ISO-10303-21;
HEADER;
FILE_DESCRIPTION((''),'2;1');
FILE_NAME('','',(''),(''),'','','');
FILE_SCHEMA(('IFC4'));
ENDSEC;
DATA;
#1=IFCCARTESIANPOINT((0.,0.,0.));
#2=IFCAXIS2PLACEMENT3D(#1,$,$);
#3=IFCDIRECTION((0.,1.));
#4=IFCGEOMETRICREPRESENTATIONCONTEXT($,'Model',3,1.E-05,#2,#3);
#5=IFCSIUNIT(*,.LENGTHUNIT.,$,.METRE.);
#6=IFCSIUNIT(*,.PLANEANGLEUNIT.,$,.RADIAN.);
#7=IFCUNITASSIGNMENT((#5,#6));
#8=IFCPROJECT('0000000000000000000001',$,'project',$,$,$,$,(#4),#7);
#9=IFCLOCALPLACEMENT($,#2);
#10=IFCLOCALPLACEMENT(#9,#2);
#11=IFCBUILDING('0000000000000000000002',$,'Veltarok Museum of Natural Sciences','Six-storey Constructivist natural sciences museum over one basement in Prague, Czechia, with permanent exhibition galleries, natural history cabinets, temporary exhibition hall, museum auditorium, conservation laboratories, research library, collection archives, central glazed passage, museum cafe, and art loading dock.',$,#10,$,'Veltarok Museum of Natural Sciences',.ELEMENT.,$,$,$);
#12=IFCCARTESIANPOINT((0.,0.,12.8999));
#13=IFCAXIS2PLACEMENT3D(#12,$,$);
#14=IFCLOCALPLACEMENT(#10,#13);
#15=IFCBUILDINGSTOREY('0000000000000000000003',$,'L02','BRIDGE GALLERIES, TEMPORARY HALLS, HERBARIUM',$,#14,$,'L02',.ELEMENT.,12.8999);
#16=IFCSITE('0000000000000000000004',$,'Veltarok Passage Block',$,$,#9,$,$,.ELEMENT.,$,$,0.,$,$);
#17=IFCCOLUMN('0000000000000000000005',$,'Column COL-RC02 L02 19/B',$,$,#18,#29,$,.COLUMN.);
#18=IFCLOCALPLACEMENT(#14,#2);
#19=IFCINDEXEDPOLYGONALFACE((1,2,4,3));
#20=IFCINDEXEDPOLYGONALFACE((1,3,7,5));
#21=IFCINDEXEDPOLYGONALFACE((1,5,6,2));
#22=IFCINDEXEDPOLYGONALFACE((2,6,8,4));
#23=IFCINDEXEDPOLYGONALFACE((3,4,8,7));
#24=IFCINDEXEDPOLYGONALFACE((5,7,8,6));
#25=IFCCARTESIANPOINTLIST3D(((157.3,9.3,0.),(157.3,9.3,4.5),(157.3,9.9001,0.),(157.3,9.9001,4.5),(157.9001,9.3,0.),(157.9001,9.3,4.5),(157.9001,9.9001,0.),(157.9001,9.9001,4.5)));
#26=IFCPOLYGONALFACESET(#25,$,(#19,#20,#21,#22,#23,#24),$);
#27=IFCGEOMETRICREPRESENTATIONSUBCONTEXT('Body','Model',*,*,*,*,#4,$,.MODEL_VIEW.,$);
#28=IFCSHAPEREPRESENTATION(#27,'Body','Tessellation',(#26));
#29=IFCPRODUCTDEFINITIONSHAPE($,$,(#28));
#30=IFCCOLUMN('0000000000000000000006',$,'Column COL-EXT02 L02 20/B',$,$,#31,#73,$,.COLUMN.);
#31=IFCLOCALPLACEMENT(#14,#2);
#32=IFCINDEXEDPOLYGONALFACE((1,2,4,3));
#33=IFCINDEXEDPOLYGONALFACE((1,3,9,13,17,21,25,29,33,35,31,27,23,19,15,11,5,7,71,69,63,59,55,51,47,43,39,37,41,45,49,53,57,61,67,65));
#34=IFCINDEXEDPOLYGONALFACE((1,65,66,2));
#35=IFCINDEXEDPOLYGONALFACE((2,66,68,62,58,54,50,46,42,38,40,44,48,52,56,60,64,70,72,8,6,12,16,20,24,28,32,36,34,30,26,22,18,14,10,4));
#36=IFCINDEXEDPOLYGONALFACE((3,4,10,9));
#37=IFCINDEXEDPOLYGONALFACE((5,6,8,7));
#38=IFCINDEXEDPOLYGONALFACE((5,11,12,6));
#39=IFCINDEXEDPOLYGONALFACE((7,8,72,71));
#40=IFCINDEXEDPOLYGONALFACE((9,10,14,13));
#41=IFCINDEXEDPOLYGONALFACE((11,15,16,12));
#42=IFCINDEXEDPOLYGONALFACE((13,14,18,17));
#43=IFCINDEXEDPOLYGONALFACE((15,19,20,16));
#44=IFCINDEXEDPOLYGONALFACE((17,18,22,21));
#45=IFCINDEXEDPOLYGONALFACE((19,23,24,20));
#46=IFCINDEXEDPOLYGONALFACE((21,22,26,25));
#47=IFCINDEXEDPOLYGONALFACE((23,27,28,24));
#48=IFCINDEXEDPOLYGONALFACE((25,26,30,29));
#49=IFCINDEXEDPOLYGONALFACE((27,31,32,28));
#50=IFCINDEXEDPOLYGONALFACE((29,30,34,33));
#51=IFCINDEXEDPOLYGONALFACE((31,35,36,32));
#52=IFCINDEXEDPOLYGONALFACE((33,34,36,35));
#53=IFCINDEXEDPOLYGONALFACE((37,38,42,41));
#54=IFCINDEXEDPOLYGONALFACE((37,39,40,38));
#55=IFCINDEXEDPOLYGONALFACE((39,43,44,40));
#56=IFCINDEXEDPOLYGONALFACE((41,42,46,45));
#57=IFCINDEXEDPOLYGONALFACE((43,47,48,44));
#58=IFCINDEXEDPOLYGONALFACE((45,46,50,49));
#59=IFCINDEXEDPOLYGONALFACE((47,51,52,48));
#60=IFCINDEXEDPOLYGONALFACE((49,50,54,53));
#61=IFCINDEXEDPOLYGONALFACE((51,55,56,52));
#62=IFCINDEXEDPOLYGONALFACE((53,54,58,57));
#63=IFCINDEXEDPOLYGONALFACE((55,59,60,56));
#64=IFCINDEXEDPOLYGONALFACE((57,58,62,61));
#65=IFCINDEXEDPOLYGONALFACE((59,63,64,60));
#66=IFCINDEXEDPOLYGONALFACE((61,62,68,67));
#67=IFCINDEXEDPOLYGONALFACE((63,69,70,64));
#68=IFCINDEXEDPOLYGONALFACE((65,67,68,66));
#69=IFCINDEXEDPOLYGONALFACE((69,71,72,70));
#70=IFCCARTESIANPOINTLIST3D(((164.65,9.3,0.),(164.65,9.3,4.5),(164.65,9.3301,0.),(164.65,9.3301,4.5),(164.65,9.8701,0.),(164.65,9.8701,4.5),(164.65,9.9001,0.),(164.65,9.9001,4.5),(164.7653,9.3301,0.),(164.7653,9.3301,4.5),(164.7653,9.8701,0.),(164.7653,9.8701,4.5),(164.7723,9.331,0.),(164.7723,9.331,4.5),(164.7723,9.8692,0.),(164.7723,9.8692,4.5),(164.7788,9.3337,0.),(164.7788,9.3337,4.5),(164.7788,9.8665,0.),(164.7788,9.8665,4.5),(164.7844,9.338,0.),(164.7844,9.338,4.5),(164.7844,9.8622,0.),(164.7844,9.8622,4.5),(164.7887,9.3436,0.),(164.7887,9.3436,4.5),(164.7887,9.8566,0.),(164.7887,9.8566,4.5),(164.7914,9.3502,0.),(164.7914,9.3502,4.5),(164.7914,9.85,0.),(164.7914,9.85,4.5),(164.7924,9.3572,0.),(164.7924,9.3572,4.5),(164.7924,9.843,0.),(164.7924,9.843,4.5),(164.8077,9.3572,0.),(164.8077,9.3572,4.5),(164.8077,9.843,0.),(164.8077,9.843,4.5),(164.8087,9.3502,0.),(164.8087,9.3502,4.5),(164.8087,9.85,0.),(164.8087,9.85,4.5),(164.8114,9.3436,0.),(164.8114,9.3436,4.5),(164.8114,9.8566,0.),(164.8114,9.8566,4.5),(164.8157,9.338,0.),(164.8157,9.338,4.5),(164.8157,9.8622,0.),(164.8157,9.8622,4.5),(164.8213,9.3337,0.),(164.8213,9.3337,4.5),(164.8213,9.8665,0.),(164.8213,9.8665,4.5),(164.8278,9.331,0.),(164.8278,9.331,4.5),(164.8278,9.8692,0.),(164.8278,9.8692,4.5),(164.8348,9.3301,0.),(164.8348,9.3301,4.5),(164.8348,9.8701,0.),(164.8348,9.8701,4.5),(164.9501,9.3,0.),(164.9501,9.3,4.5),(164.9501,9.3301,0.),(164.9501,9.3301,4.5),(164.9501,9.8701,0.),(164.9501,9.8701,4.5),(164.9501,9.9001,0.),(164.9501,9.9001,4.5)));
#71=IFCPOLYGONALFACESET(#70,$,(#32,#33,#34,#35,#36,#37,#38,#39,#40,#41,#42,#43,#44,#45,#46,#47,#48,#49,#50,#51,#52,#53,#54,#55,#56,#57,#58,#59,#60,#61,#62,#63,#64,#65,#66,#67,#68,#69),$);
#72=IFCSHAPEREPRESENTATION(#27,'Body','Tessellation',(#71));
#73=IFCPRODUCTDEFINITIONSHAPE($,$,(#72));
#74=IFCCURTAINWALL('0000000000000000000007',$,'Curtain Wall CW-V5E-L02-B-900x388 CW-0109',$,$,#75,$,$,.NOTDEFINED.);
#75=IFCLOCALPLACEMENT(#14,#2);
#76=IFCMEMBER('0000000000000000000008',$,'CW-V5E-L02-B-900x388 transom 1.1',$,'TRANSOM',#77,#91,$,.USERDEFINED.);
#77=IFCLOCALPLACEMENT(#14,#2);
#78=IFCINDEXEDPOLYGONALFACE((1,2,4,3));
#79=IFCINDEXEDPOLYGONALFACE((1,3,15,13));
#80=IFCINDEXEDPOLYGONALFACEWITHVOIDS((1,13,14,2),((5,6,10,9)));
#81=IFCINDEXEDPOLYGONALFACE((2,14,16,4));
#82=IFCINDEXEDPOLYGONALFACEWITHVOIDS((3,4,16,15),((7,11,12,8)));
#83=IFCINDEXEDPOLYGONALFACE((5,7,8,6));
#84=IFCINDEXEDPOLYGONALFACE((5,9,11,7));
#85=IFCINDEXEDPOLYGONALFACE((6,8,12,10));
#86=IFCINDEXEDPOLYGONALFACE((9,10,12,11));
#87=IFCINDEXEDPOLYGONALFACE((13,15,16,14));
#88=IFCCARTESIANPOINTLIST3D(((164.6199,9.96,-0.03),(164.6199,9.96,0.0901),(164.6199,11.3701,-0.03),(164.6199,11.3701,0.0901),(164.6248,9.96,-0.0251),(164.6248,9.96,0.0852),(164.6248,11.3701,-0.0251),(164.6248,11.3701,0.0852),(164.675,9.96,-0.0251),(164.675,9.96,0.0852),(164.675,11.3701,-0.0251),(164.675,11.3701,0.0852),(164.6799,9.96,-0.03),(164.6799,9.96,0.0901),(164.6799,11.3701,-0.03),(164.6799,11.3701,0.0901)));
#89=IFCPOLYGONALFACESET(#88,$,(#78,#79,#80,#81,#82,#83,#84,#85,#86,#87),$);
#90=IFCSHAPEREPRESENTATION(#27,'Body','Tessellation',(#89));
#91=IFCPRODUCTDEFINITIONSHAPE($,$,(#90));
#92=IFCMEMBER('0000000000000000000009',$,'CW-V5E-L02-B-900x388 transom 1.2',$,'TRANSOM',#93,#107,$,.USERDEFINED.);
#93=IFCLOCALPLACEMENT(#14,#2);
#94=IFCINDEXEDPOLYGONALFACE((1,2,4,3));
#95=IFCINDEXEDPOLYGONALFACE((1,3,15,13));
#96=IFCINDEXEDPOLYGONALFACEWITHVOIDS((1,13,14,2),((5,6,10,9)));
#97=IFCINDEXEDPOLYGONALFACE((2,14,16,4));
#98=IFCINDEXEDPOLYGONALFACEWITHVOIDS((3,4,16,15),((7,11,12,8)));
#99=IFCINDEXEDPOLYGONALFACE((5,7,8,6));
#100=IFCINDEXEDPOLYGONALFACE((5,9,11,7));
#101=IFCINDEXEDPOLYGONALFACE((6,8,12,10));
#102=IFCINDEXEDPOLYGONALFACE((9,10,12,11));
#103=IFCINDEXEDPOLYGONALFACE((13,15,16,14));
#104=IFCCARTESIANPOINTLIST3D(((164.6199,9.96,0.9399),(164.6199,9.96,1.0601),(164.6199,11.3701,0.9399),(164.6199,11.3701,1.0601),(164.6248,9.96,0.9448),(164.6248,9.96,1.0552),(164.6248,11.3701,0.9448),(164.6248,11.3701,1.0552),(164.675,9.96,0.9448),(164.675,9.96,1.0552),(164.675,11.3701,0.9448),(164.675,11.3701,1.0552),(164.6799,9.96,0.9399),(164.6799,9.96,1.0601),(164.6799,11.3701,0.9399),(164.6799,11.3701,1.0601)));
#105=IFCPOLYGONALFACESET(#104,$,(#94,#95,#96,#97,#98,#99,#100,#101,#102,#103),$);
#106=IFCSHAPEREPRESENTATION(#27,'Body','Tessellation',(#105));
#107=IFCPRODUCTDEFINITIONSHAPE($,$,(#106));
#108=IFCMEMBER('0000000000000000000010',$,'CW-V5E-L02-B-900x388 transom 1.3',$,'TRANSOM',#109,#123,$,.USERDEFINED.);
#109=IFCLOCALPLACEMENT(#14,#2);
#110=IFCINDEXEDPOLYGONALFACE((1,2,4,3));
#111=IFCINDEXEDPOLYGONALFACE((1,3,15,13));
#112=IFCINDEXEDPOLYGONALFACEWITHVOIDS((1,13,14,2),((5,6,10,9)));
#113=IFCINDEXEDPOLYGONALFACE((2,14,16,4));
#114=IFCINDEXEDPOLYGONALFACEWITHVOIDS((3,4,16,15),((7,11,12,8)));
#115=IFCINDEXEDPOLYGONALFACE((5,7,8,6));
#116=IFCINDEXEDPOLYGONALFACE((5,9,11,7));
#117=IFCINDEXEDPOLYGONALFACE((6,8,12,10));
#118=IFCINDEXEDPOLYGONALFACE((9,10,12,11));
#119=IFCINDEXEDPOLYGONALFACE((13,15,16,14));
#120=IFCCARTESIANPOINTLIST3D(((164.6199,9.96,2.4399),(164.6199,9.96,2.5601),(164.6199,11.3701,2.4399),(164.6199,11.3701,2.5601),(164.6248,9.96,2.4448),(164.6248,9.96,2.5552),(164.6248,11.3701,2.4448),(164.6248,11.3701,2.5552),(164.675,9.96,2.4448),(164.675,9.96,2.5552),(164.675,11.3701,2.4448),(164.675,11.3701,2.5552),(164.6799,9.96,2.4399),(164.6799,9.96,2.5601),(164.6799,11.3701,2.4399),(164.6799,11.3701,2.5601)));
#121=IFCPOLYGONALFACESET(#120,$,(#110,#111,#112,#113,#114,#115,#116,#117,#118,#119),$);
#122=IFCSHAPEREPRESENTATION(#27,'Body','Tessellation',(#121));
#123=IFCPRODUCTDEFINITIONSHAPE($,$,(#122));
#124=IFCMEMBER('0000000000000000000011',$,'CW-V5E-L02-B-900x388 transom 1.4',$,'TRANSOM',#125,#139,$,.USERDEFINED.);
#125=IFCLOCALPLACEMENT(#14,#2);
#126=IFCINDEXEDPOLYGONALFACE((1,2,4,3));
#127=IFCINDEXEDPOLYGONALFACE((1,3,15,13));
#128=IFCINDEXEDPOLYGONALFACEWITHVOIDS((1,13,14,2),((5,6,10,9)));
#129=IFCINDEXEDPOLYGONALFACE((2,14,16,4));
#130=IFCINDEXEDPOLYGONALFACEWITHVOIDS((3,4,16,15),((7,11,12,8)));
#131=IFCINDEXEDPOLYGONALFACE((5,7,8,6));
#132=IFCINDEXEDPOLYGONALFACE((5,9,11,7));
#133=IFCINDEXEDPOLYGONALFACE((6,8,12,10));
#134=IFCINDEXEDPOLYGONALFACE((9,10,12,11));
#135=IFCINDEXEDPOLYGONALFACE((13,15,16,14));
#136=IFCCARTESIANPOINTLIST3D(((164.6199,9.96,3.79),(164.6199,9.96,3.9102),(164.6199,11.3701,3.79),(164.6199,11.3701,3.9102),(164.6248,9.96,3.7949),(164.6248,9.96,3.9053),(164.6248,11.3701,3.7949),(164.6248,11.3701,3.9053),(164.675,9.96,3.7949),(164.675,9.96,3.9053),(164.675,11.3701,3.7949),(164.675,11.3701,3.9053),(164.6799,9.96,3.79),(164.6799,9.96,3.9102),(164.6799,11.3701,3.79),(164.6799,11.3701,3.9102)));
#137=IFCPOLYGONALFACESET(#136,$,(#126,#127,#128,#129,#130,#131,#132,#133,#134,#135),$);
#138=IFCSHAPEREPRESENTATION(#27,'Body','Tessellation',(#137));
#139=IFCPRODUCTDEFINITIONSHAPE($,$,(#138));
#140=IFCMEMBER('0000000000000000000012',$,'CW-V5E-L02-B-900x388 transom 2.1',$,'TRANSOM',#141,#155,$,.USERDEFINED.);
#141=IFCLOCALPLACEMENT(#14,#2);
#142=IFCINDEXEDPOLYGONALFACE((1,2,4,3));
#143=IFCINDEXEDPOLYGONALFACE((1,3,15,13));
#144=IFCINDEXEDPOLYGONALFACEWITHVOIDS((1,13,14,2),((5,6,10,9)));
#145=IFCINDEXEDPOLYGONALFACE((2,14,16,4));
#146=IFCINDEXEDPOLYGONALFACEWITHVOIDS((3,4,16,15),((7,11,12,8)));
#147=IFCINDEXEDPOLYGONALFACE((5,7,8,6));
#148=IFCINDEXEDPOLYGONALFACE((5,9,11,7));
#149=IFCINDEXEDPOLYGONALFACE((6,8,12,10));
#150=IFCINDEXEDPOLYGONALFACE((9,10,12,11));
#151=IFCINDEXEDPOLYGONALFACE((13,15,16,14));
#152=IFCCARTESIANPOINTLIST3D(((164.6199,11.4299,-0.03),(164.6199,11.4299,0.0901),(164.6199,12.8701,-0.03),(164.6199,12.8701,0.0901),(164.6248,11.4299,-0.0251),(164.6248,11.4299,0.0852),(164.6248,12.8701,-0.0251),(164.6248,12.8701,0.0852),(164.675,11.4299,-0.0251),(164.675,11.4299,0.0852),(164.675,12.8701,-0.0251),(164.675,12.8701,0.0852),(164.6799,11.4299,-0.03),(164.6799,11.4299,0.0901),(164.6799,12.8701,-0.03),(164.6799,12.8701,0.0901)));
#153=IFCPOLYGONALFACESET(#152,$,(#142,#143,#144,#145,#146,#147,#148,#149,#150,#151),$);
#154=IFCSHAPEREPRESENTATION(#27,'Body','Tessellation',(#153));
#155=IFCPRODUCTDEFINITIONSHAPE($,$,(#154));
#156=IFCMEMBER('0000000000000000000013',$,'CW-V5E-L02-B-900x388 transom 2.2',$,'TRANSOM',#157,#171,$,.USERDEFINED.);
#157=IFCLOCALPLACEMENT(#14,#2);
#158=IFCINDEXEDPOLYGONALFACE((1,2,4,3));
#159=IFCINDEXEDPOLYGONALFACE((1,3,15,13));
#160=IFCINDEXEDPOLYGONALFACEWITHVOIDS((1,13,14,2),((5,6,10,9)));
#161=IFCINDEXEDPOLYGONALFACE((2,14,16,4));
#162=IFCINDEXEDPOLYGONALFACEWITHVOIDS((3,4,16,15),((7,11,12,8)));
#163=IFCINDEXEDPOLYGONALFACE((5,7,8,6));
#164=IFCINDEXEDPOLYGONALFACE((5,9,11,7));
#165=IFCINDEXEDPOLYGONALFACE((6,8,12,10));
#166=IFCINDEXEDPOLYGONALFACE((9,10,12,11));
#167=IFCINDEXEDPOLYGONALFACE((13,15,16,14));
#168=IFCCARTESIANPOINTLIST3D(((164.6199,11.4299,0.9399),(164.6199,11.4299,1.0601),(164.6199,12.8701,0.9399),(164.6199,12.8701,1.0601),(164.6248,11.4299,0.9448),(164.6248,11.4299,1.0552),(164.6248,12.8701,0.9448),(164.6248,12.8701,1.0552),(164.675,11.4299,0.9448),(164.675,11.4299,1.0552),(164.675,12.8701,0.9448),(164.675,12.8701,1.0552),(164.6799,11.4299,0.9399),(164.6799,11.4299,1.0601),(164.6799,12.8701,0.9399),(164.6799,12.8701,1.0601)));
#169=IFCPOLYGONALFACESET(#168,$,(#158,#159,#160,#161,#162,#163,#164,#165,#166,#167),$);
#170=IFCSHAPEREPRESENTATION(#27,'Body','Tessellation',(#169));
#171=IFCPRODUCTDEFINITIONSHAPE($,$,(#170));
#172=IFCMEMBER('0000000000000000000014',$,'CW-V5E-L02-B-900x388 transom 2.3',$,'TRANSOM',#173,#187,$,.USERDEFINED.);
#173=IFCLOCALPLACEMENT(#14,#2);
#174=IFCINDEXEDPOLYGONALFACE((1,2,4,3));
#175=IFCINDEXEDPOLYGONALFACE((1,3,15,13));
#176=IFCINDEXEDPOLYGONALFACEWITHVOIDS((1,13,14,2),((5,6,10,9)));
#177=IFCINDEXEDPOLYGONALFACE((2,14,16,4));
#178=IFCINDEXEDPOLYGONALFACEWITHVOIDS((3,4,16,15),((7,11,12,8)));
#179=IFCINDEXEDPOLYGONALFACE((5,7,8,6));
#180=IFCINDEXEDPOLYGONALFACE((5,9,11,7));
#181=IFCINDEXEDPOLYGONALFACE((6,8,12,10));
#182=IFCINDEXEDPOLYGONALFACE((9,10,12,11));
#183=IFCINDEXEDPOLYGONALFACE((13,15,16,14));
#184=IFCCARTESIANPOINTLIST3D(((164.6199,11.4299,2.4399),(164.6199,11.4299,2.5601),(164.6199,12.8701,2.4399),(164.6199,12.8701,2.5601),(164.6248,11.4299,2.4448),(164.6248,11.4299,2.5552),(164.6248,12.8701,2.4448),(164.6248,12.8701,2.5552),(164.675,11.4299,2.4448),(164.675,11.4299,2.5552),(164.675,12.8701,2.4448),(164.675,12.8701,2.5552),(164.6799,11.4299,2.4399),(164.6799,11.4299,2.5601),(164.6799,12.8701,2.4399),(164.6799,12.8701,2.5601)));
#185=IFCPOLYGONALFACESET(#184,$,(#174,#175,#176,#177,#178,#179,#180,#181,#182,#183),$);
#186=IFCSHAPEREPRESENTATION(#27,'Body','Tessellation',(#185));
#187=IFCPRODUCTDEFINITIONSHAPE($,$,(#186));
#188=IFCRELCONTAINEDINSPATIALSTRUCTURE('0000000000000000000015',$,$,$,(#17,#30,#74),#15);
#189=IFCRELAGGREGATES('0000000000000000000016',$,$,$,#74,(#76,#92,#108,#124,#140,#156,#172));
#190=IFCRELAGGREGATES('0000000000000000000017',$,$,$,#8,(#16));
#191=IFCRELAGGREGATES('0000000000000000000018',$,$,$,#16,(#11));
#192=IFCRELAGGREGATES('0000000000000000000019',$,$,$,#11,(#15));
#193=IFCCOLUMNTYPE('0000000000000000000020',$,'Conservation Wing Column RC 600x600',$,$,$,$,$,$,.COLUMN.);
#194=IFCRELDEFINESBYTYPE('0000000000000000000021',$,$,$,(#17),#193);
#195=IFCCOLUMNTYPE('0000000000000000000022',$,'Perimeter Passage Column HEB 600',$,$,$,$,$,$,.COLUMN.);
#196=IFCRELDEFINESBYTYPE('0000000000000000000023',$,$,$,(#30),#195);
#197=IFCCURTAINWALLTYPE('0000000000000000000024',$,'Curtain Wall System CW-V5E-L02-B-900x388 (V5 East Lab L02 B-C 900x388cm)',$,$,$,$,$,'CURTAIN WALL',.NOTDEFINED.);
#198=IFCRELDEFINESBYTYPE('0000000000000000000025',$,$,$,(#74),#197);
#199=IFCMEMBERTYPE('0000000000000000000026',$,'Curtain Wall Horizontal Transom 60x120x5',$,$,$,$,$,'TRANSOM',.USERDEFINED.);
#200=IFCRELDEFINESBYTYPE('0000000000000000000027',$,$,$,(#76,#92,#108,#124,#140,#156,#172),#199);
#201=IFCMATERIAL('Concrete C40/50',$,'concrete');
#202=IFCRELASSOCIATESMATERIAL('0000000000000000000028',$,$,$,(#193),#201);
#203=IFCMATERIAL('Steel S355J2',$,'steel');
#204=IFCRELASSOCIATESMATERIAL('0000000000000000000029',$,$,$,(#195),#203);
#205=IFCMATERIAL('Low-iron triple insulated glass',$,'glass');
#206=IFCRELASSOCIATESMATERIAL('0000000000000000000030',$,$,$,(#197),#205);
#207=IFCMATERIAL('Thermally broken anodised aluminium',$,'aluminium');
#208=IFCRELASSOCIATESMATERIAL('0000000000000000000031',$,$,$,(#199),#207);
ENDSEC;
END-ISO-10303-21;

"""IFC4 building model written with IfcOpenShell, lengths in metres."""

from ifc_helpers import new_model, si_unit, direction, frame, origin, origin_2d, place, context, subcontext, project, spatial, rectangle, hollow_rectangle, i_section, extrude, material, material_profile, profile_set, type_object, element, aggregate, save


model = new_model("IFC4")

# Units and contexts
model_context = context("Model", 3, precision=1e-05, world=origin(), true_north=direction((0.0, 1.0)))
body_context = subcontext(model_context, "Body", "Model", "MODEL_VIEW")
ifc_project = project(units=[si_unit("LENGTHUNIT", "METRE"), si_unit("PLANEANGLEUNIT", "RADIAN")], contexts=[model_context])

# Site, building, storey
site_placement = place(None, origin())
site = spatial("IfcSite", under=ifc_project, at=site_placement, Name="Veltarok Passage Block", CompositionType="ELEMENT", RefElevation=0.0)
building_placement = place(site_placement, origin())
building = spatial("IfcBuilding", under=site, at=building_placement, Name="Veltarok Museum of Natural Sciences", Description="Six-storey Constructivist natural sciences museum over one basement in Prague, Czechia, with permanent exhibition galleries, natural history cabinets, temporary exhibition hall, museum auditorium, conservation laboratories, research library, collection archives, central glazed passage, museum cafe, and art loading dock.", LongName="Veltarok Museum of Natural Sciences", CompositionType="ELEMENT")
storey_placement = place(building_placement, frame((0.0, 0.0, 12.8999)))
storey = spatial("IfcBuildingStorey", under=building, at=storey_placement, Name="L02", Description="BRIDGE GALLERIES, TEMPORARY HALLS, HERBARIUM", LongName="L02", CompositionType="ELEMENT", Elevation=12.8999)

# Columns
ifc_material_1 = material(Name="Concrete C40/50", Category="concrete")
ifc_material_profile_1 = material_profile(ifc_material_1, rectangle(XDim=0.6001, YDim=0.6001, at=origin_2d()), Name="RC 600x600")
ifc_profile_set_1 = profile_set([ifc_material_profile_1], Name="Concrete C40/50")
column_type_1 = type_object("IfcColumnType", Name="Conservation Wing Column RC 600x600", PredefinedType="COLUMN", material=ifc_profile_set_1)
column_1_placement = place(storey_placement, frame((157.6001, 9.6001, 0.0), z_axis=(0.0, 0.0, 1.0), x_axis=(1.0, 0.0, 0.0)))
element("IfcColumn", 1, at=column_1_placement, inside=storey, type_object=column_type_1, Name="Column COL-RC02 L02 19/B", PredefinedType="COLUMN", context=body_context, shape_type="SweptSolid", body=[
    extrude(rectangle(XDim=0.6001, YDim=0.6001, at=origin_2d()), origin(), (0.0, 0.0, 1.0), 4.5),
])
ifc_material_2 = material(Name="Steel S355J2", Category="steel")
ifc_material_profile_2 = material_profile(ifc_material_2, i_section(OverallWidth=0.3, OverallDepth=0.6001, WebThickness=0.0154, FlangeThickness=0.03, FilletRadius=0.0271, at=origin_2d()), Name="HEB 600")
ifc_profile_set_2 = profile_set([ifc_material_profile_2], Name="Steel S355J2")
column_type_2 = type_object("IfcColumnType", Name="Perimeter Passage Column HEB 600", PredefinedType="COLUMN", material=ifc_profile_set_2)
column_2_placement = place(storey_placement, frame((164.8, 9.6001, 0.0), z_axis=(0.0, 0.0, 1.0), x_axis=(1.0, 0.0, 0.0)))
element("IfcColumn", 2, at=column_2_placement, inside=storey, type_object=column_type_2, Name="Column COL-EXT02 L02 20/B", PredefinedType="COLUMN", context=body_context, shape_type="SweptSolid", body=[
    extrude(i_section(OverallWidth=0.3, OverallDepth=0.6001, WebThickness=0.0154, FlangeThickness=0.03, FilletRadius=0.0271, at=origin_2d()), origin(), (0.0, 0.0, 1.0), 4.5),
])

# Curtain wall, members
ifc_material_3 = material(Name="Low-iron triple insulated glass", Category="glass")
curtain_wall_type = type_object("IfcCurtainWallType", Name="Curtain Wall System CW-V5E-L02-B-900x388 (V5 East Lab L02 B-C 900x388cm)", ElementType="CURTAIN WALL", PredefinedType="NOTDEFINED", material=ifc_material_3)
curtain_wall_placement = place(storey_placement, origin())
curtain_wall = element("IfcCurtainWall", 3, at=curtain_wall_placement, inside=storey, type_object=curtain_wall_type, Name="Curtain Wall CW-V5E-L02-B-900x388 CW-0109", PredefinedType="NOTDEFINED")
ifc_material_4 = material(Name="Thermally broken anodised aluminium", Category="aluminium")
ifc_material_profile_3 = material_profile(ifc_material_4, hollow_rectangle(XDim=0.0601, YDim=0.1201, WallThickness=0.0049, at=origin_2d()), Name="CW TRANSOM 60x120x5")
ifc_profile_set_3 = profile_set([ifc_material_profile_3], Name="Thermally broken anodised aluminium")
member_type_1 = type_object("IfcMemberType", Name="Curtain Wall Horizontal Transom 60x120x5", ElementType="TRANSOM", PredefinedType="USERDEFINED", material=ifc_profile_set_3)
member_1_placement = place(storey_placement, frame((164.6499, 9.96, 0.03), z_axis=(0.0, 1.0, 0.0), x_axis=(-1.0, 0.0, 0.0)))
member_1 = element("IfcMember", 4, at=member_1_placement, type_object=member_type_1, Name="CW-V5E-L02-B-900x388 transom 1.1", ObjectType="TRANSOM", PredefinedType="USERDEFINED", context=body_context, shape_type="SweptSolid", body=[
    extrude(hollow_rectangle(XDim=0.0601, YDim=0.1201, WallThickness=0.0049, at=origin_2d()), origin(), (0.0, 0.0, 1.0), 1.4102),
])
member_2_placement = place(storey_placement, frame((164.6499, 9.96, 1.0), z_axis=(0.0, 1.0, 0.0), x_axis=(-1.0, 0.0, 0.0)))
member_2 = element("IfcMember", 5, at=member_2_placement, type_object=member_type_1, Name="CW-V5E-L02-B-900x388 transom 1.2", ObjectType="TRANSOM", PredefinedType="USERDEFINED", context=body_context, shape_type="SweptSolid", body=[
    extrude(hollow_rectangle(XDim=0.0601, YDim=0.1201, WallThickness=0.0049, at=origin_2d()), origin(), (0.0, 0.0, 1.0), 1.4102),
])
member_3_placement = place(storey_placement, frame((164.6499, 9.96, 2.5), z_axis=(0.0, 1.0, 0.0), x_axis=(-1.0, 0.0, 0.0)))
member_3 = element("IfcMember", 6, at=member_3_placement, type_object=member_type_1, Name="CW-V5E-L02-B-900x388 transom 1.3", ObjectType="TRANSOM", PredefinedType="USERDEFINED", context=body_context, shape_type="SweptSolid", body=[
    extrude(hollow_rectangle(XDim=0.0601, YDim=0.1201, WallThickness=0.0049, at=origin_2d()), origin(), (0.0, 0.0, 1.0), 1.4102),
])
member_4_placement = place(storey_placement, frame((164.6499, 9.96, 3.8501), z_axis=(0.0, 1.0, 0.0), x_axis=(-1.0, 0.0, 0.0)))
member_4 = element("IfcMember", 7, at=member_4_placement, type_object=member_type_1, Name="CW-V5E-L02-B-900x388 transom 1.4", ObjectType="TRANSOM", PredefinedType="USERDEFINED", context=body_context, shape_type="SweptSolid", body=[
    extrude(hollow_rectangle(XDim=0.0601, YDim=0.1201, WallThickness=0.0049, at=origin_2d()), origin(), (0.0, 0.0, 1.0), 1.4102),
])
member_5_placement = place(storey_placement, frame((164.6499, 11.4299, 0.03), z_axis=(0.0, 1.0, 0.0), x_axis=(-1.0, 0.0, 0.0)))
member_5 = element("IfcMember", 8, at=member_5_placement, type_object=member_type_1, Name="CW-V5E-L02-B-900x388 transom 2.1", ObjectType="TRANSOM", PredefinedType="USERDEFINED", context=body_context, shape_type="SweptSolid", body=[
    extrude(hollow_rectangle(XDim=0.0601, YDim=0.1201, WallThickness=0.0049, at=origin_2d()), origin(), (0.0, 0.0, 1.0), 1.4402),
])
member_6_placement = place(storey_placement, frame((164.6499, 11.4299, 1.0), z_axis=(0.0, 1.0, 0.0), x_axis=(-1.0, 0.0, 0.0)))
member_6 = element("IfcMember", 9, at=member_6_placement, type_object=member_type_1, Name="CW-V5E-L02-B-900x388 transom 2.2", ObjectType="TRANSOM", PredefinedType="USERDEFINED", context=body_context, shape_type="SweptSolid", body=[
    extrude(hollow_rectangle(XDim=0.0601, YDim=0.1201, WallThickness=0.0049, at=origin_2d()), origin(), (0.0, 0.0, 1.0), 1.4402),
])
member_7_placement = place(storey_placement, frame((164.6499, 11.4299, 2.5), z_axis=(0.0, 1.0, 0.0), x_axis=(-1.0, 0.0, 0.0)))
member_7 = element("IfcMember", 10, at=member_7_placement, type_object=member_type_1, Name="CW-V5E-L02-B-900x388 transom 2.3", ObjectType="TRANSOM", PredefinedType="USERDEFINED", context=body_context, shape_type="SweptSolid", body=[
    extrude(hollow_rectangle(XDim=0.0601, YDim=0.1201, WallThickness=0.0049, at=origin_2d()), origin(), (0.0, 0.0, 1.0), 1.4402),
])

aggregate(curtain_wall, [member_1, member_2, member_3, member_4, member_5, member_6, member_7])

save(model, "model.ifc")
